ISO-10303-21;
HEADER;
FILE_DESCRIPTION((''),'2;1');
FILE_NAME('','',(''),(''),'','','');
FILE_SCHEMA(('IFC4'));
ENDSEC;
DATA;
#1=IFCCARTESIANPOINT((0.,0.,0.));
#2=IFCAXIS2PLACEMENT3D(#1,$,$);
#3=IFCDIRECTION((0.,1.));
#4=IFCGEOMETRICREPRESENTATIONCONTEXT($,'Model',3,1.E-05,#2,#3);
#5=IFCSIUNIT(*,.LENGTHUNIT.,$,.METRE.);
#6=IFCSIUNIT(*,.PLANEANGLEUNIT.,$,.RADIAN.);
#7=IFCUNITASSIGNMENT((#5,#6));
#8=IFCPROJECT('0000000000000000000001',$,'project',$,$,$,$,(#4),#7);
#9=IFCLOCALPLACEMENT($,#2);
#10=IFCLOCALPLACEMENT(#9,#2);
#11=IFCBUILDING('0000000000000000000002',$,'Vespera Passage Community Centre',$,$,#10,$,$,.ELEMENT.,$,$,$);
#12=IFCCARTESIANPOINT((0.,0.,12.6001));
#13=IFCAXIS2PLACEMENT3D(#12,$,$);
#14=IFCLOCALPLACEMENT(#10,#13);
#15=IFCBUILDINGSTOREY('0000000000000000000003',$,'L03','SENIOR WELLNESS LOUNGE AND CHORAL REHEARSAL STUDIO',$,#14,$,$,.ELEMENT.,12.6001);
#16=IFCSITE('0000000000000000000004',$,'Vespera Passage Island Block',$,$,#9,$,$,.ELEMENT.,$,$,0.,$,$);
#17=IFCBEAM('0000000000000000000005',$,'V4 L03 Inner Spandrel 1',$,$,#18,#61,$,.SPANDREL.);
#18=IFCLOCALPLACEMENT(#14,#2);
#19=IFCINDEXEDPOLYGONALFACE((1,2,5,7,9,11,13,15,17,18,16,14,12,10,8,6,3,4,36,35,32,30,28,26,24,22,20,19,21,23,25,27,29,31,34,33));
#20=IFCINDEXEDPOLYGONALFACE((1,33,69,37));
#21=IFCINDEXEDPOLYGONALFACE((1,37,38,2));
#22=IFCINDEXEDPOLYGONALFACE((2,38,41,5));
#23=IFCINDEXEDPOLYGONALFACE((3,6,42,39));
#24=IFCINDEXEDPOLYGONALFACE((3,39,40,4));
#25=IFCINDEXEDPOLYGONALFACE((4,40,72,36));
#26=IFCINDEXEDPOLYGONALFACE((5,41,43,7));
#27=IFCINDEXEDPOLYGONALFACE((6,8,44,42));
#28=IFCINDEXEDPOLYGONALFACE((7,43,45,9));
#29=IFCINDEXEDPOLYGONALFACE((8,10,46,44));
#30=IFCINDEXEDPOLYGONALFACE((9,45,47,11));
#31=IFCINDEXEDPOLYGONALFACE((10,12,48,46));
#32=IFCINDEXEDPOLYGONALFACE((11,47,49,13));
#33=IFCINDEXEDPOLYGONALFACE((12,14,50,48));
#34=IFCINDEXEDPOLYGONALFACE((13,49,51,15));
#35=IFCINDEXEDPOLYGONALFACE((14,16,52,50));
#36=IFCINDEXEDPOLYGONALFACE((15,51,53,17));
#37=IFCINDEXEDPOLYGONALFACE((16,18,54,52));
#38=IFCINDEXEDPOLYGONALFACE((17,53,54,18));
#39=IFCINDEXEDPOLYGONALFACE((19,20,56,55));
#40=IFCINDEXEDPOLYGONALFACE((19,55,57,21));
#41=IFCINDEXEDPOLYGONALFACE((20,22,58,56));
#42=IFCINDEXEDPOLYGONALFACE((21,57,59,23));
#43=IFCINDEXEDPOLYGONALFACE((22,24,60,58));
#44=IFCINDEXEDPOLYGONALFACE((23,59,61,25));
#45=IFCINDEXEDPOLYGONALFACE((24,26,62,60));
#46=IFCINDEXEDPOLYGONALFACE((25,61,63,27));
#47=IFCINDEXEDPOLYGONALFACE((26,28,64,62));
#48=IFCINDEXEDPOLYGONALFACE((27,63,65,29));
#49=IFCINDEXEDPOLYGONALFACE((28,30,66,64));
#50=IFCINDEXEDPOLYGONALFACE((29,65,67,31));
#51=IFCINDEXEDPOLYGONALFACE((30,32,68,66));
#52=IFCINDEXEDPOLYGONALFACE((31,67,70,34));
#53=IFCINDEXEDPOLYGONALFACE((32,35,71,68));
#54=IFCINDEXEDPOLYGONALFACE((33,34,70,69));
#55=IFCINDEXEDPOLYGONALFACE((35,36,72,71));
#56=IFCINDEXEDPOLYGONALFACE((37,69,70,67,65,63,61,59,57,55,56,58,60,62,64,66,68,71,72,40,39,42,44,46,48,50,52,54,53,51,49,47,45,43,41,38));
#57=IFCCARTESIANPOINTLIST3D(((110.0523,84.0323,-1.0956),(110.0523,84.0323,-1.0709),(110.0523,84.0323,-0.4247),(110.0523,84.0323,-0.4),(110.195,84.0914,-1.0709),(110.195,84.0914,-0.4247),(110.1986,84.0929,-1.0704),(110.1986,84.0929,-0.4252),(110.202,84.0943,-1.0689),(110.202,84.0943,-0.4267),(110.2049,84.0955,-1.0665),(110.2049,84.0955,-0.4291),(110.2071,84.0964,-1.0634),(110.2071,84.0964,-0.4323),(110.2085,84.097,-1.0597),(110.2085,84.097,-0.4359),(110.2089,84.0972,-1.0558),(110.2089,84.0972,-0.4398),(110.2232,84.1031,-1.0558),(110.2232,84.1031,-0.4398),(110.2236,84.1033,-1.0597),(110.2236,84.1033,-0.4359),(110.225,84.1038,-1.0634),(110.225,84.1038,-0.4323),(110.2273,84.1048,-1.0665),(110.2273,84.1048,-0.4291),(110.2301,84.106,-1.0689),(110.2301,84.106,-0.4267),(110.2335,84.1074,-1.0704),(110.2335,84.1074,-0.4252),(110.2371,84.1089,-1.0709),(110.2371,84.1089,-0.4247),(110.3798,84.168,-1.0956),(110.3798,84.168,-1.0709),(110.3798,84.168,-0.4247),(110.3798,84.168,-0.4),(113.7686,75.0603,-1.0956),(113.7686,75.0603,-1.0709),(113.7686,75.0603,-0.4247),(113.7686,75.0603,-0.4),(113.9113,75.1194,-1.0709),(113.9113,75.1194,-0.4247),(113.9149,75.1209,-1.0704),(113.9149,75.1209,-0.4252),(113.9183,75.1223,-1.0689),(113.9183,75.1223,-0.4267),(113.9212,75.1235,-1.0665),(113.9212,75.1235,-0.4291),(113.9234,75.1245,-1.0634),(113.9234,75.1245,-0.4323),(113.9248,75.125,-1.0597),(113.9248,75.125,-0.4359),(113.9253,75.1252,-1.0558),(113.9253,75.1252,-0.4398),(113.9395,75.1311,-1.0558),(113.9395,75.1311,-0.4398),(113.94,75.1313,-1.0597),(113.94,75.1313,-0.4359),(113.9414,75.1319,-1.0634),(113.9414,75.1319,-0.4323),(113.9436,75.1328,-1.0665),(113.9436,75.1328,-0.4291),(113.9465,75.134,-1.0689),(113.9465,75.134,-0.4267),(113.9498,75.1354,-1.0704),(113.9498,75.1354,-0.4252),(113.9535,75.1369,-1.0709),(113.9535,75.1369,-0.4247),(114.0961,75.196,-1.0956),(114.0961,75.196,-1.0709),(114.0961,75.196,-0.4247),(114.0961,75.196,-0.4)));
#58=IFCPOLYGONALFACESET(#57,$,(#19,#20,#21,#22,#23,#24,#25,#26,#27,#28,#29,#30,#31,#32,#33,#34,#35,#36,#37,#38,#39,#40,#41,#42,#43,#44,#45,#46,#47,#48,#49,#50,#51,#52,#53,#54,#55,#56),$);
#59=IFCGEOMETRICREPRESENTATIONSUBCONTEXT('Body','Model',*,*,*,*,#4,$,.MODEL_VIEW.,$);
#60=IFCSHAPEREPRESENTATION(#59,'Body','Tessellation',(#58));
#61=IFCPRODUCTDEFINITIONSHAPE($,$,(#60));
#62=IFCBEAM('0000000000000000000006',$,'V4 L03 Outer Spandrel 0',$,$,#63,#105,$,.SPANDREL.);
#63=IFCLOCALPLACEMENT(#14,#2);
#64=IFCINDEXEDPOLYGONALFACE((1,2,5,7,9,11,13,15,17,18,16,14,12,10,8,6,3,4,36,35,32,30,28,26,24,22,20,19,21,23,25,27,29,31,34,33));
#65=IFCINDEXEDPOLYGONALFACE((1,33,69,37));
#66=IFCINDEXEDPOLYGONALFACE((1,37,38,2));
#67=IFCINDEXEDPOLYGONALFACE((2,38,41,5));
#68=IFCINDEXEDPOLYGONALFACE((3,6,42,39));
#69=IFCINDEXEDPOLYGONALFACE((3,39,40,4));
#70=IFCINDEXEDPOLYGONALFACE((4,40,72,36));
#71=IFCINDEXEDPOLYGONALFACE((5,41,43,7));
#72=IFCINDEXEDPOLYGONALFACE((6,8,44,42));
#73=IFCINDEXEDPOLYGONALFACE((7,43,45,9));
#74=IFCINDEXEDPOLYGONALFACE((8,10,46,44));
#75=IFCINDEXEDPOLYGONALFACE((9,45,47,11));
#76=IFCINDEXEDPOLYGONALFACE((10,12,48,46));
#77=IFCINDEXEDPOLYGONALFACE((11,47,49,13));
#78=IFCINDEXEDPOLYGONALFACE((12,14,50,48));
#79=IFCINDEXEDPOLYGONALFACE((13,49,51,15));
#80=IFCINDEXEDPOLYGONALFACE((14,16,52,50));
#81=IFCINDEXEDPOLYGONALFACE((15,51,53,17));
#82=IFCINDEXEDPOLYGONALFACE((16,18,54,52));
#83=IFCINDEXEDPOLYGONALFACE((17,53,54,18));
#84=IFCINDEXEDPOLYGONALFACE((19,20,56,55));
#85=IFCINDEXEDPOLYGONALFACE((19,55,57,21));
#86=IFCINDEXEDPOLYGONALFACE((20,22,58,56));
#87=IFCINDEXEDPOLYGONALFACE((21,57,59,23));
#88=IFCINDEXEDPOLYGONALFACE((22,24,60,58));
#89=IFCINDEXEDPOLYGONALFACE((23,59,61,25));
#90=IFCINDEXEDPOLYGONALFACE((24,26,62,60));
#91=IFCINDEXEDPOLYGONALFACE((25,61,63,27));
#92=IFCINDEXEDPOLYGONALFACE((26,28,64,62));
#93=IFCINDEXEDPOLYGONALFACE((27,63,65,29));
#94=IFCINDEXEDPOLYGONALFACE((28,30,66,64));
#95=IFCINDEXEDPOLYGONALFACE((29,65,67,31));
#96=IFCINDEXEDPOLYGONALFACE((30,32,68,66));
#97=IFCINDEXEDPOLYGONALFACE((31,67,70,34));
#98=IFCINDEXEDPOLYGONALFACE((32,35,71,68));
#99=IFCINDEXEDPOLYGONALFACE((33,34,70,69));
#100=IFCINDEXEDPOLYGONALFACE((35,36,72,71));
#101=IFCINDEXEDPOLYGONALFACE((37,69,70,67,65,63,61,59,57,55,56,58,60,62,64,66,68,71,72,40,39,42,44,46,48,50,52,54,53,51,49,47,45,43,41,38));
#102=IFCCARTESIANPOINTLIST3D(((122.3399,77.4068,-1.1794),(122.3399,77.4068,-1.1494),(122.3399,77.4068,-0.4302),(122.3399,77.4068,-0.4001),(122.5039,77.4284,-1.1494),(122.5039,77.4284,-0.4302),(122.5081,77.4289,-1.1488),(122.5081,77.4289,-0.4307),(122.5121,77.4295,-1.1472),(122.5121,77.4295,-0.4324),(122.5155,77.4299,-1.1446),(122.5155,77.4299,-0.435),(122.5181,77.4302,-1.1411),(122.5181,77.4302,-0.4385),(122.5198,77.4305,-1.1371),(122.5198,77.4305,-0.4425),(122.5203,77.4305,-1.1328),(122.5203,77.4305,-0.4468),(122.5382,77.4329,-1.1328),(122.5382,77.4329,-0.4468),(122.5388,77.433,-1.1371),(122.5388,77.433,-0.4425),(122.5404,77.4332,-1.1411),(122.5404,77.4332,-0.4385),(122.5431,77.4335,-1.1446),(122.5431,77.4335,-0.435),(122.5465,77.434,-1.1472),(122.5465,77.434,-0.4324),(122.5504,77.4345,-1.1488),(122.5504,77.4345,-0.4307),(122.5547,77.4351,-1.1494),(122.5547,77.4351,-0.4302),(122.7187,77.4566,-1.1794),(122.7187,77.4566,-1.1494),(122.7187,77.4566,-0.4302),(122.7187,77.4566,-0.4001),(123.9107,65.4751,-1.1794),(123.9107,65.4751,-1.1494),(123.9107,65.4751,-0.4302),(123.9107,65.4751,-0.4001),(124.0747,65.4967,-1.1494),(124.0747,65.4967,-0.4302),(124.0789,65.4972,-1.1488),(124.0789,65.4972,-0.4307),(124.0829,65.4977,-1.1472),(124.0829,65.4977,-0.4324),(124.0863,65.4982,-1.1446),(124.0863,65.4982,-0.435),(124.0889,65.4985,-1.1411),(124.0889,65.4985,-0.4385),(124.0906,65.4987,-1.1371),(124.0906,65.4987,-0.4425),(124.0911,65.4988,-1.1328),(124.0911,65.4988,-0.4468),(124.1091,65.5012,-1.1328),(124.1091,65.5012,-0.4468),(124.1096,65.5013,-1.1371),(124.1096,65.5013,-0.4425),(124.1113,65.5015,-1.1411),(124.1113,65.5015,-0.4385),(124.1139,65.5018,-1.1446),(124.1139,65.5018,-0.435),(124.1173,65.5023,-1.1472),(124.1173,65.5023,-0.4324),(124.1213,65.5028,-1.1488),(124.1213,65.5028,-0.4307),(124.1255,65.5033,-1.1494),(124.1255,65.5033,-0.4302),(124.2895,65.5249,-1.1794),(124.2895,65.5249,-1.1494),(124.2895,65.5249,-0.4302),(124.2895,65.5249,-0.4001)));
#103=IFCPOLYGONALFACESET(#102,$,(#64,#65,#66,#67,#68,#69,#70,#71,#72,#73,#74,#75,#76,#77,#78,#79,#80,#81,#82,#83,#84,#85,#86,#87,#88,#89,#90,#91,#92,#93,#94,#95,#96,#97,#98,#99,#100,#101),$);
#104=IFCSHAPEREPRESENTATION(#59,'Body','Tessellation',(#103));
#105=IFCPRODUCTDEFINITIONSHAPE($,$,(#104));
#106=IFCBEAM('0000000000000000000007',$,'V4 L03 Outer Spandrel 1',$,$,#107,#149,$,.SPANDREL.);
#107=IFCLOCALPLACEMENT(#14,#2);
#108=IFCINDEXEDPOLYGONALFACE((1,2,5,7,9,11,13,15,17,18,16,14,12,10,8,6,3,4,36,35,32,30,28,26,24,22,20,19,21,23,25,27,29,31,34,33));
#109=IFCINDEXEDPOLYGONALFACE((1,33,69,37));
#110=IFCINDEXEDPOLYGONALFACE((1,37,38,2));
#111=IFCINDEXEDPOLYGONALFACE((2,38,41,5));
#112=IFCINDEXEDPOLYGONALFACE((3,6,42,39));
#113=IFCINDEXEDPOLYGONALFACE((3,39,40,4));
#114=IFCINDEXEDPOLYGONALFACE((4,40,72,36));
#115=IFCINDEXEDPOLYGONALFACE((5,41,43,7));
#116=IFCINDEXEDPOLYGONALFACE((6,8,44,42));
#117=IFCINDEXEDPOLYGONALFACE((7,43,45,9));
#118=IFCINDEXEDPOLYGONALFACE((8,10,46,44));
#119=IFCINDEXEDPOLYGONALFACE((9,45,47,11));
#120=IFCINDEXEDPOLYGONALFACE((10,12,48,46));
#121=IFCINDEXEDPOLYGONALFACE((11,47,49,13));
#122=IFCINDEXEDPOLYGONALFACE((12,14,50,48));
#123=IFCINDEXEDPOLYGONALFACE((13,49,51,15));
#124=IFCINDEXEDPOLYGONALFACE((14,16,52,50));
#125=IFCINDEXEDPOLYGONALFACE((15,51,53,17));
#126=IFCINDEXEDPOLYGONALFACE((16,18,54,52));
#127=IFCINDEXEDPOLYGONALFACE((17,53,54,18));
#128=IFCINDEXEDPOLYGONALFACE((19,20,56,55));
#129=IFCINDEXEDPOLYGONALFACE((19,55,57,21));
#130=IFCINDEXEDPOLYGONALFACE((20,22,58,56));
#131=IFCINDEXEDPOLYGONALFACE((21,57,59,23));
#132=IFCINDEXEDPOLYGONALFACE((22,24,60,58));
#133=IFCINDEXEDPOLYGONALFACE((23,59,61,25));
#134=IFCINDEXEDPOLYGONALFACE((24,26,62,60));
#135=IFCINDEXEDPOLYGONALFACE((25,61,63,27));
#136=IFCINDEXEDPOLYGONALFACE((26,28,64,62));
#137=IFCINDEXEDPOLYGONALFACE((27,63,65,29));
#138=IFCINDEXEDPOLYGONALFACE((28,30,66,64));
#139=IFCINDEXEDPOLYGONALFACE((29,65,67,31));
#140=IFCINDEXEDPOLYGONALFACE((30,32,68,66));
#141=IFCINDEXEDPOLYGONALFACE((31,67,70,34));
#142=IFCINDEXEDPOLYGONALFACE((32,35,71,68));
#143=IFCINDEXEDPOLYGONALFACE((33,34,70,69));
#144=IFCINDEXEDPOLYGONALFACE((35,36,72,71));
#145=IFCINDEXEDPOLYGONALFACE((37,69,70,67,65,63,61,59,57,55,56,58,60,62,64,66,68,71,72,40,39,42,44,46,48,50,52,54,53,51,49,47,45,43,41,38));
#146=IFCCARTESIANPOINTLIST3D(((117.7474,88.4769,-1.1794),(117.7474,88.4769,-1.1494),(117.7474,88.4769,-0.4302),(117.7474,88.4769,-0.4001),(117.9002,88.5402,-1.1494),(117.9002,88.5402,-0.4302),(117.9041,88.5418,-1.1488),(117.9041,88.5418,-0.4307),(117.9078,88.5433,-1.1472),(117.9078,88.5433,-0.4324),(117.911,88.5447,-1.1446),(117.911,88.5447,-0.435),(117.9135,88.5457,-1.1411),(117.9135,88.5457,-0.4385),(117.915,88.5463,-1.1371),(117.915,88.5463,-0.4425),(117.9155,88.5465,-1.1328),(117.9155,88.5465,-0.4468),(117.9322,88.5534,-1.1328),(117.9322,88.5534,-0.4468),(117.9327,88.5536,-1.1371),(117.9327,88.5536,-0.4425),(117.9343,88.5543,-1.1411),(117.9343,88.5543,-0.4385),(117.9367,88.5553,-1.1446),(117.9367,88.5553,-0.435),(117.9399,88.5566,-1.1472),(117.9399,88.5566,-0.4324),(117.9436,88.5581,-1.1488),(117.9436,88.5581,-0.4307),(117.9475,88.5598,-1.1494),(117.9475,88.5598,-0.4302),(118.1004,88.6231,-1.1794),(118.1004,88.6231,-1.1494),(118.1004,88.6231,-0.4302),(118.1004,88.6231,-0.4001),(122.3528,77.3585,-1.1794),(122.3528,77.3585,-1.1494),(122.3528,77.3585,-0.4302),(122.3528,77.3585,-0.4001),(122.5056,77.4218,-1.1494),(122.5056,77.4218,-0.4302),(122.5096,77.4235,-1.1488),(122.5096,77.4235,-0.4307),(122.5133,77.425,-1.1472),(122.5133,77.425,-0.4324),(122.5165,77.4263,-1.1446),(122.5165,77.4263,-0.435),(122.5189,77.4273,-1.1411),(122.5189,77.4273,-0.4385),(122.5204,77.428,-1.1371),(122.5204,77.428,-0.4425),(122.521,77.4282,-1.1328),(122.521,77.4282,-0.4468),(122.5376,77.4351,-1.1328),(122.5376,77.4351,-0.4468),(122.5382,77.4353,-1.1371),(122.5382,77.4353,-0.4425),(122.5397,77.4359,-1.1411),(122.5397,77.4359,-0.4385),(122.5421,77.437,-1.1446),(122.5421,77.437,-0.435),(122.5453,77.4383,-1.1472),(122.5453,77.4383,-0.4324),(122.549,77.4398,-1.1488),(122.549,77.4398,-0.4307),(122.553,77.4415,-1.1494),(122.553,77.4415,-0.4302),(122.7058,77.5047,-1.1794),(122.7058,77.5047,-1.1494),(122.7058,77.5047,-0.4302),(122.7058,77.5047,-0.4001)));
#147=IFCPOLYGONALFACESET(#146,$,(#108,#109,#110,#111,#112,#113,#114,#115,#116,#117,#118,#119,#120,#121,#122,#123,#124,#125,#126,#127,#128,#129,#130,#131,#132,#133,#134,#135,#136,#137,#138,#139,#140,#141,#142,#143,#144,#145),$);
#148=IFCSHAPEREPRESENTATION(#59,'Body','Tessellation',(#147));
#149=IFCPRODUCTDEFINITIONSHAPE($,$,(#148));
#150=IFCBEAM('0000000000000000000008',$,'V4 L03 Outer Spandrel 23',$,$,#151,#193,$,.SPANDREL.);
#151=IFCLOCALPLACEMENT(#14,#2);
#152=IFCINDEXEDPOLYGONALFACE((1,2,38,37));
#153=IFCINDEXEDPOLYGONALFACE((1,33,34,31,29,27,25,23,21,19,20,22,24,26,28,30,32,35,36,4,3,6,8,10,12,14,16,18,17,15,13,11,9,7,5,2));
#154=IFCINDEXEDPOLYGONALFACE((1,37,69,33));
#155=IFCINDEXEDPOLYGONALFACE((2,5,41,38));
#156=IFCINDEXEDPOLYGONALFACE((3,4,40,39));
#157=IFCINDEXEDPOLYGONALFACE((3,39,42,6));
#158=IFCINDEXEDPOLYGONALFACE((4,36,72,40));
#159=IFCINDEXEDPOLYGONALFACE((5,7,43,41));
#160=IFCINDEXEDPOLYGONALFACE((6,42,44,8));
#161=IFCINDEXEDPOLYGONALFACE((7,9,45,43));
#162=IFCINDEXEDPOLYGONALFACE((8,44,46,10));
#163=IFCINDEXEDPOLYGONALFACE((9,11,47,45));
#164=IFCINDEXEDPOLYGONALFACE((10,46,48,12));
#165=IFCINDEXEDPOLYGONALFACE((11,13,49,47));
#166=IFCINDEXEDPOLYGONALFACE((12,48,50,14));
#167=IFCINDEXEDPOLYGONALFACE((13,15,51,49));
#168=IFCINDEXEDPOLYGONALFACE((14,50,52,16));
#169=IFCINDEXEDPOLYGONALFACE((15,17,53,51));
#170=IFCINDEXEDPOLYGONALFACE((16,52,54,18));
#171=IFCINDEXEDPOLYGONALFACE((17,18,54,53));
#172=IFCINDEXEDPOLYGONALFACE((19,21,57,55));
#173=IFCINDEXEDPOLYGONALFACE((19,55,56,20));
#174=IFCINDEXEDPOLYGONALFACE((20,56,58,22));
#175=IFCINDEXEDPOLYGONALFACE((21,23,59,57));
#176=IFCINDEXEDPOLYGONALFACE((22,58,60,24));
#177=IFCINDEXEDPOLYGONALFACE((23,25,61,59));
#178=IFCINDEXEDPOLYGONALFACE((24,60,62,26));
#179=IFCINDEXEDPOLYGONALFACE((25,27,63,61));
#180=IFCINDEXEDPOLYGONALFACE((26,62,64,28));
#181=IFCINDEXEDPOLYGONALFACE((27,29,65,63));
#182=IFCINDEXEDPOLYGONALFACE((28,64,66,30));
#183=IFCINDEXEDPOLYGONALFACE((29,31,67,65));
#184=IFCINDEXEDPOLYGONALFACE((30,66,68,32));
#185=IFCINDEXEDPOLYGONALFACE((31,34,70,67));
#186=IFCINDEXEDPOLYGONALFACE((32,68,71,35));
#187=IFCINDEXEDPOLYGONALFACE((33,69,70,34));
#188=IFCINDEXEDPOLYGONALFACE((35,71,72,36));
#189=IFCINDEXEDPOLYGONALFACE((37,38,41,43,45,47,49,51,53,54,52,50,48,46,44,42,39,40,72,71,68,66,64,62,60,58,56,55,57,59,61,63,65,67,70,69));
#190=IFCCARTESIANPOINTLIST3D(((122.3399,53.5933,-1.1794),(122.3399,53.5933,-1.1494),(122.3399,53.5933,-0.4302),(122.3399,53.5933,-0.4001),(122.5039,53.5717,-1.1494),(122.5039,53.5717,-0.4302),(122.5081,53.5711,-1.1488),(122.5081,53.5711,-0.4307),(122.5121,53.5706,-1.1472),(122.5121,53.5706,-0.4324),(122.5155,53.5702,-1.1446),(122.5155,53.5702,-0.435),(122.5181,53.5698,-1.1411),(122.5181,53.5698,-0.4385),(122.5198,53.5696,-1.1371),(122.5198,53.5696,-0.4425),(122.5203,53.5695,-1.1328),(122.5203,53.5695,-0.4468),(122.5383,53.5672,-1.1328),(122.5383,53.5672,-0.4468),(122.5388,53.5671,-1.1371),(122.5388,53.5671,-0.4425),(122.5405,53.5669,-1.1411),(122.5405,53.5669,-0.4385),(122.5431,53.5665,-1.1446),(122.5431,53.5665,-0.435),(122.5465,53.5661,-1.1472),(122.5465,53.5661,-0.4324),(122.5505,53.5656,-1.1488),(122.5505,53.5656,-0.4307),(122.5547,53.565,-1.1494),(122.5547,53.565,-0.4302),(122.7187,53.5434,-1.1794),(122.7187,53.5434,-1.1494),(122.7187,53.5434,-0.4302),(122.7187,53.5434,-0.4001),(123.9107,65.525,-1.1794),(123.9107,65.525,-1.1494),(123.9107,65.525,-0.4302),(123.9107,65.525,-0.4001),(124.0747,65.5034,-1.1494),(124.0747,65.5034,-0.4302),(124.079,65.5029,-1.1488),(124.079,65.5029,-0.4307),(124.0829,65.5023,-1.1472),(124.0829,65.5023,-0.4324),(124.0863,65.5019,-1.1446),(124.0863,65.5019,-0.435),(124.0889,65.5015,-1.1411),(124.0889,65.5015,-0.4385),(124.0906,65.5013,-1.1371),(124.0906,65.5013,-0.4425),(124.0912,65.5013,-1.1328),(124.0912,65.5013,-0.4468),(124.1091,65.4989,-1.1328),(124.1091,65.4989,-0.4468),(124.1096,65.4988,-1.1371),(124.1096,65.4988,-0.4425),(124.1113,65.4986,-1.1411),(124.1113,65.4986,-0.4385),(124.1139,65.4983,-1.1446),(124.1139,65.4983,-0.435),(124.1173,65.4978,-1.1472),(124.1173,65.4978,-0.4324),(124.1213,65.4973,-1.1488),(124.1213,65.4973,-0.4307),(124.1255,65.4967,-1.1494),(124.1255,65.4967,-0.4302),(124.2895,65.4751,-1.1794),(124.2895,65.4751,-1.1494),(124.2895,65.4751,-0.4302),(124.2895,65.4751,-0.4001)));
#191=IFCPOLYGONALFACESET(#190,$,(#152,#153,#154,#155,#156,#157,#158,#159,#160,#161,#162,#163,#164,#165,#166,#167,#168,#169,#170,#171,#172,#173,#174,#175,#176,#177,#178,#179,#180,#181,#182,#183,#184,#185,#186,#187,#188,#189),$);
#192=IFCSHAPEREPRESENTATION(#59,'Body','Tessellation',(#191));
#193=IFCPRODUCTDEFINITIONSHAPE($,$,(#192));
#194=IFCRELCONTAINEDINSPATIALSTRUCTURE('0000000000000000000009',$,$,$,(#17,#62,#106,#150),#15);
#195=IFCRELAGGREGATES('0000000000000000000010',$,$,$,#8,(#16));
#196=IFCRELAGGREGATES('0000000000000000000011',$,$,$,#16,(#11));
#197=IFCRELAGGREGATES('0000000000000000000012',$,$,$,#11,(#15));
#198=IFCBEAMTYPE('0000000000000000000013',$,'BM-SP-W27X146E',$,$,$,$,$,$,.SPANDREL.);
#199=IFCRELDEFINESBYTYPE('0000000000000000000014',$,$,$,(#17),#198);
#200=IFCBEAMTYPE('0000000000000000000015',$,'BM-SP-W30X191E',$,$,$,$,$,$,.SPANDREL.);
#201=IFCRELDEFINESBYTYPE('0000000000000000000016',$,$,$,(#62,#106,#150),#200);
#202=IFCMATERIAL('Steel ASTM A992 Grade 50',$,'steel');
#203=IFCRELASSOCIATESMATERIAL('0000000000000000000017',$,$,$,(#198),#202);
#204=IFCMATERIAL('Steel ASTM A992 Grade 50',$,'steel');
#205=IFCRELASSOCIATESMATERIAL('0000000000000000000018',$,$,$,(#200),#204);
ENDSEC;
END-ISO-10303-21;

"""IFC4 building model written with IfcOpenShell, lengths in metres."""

from ifc_helpers import new_model, si_unit, direction, frame, origin, origin_2d, place, context, subcontext, project, spatial, i_section, extrude, material, material_profile, profile_set, type_object, element, save


model = new_model("IFC4")

# Units and contexts
model_context = context("Model", 3, precision=1e-05, world=origin(), true_north=direction((0.0, 1.0)))
body_context = subcontext(model_context, "Body", "Model", "MODEL_VIEW")
ifc_project = project(units=[si_unit("LENGTHUNIT", "METRE"), si_unit("PLANEANGLEUNIT", "RADIAN")], contexts=[model_context])

# Site, building, storey
site_placement = place(None, origin())
site = spatial("IfcSite", under=ifc_project, at=site_placement, Name="Vespera Passage Island Block", CompositionType="ELEMENT", RefElevation=0.0)
building_placement = place(site_placement, origin())
building = spatial("IfcBuilding", under=site, at=building_placement, Name="Vespera Passage Community Centre", CompositionType="ELEMENT")
storey_placement = place(building_placement, frame((0.0, 0.0, 12.6001)))
storey = spatial("IfcBuildingStorey", under=building, at=storey_placement, Name="L03", Description="SENIOR WELLNESS LOUNGE AND CHORAL REHEARSAL STUDIO", CompositionType="ELEMENT", Elevation=12.6001)

# Beams
ifc_material_1 = material(Name="Steel ASTM A992 Grade 50", Category="steel")
ifc_material_profile_1 = material_profile(ifc_material_1, i_section(OverallWidth=0.3545, OverallDepth=0.6956, WebThickness=0.0154, FlangeThickness=0.0247, FilletRadius=0.0151, at=origin_2d()), Name="W27X146")
ifc_profile_set_1 = profile_set([ifc_material_profile_1], Name="Steel ASTM A992 Grade 50")
beam_type_1 = type_object("IfcBeamType", Name="BM-SP-W27X146E", PredefinedType="SPANDREL", material=ifc_profile_set_1)
for number, where, z_axis, x_axis, name in (
    (1, (113.9324, 75.1282, -0.7478), (-0.382685, 0.923879, 0.0), (-0.923879, -0.382685, 0.0), "V4 L03 Inner Spandrel 1"),
):
    element("IfcBeam", number, at=place(storey_placement, frame(where, z_axis=z_axis, x_axis=x_axis)), inside=storey, type_object=beam_type_1, Name=name, PredefinedType="SPANDREL", context=body_context, shape_type="SweptSolid", body=[
        extrude(i_section(OverallWidth=0.3545, OverallDepth=0.6956, WebThickness=0.0154, FlangeThickness=0.0247, FilletRadius=0.0151, at=origin_2d()), origin(), (0.0, 0.0, 1.0), 9.7112),
    ])
ifc_material_2 = material(Name="Steel ASTM A992 Grade 50", Category="steel")
ifc_material_profile_2 = material_profile(ifc_material_2, i_section(OverallWidth=0.3821, OverallDepth=0.7793, WebThickness=0.0181, FlangeThickness=0.03, FilletRadius=0.0166, at=origin_2d()), Name="W30X191")
ifc_profile_set_2 = profile_set([ifc_material_profile_2], Name="Steel ASTM A992 Grade 50")
beam_type_2 = type_object("IfcBeamType", Name="BM-SP-W30X191E", PredefinedType="SPANDREL", material=ifc_profile_set_2)
beam_1_placement = place(storey_placement, frame((124.1001, 65.5, -0.7898), z_axis=(-0.130524, 0.991445, 0.0), x_axis=(-0.991445, -0.130524, 0.0)))
element("IfcBeam", 2, at=beam_1_placement, inside=storey, type_object=beam_type_2, Name="V4 L03 Outer Spandrel 0", PredefinedType="SPANDREL", context=body_context, shape_type="SweptSolid", body=[
    extrude(i_section(OverallWidth=0.3821, OverallDepth=0.7793, WebThickness=0.0181, FlangeThickness=0.03, FilletRadius=0.0166, at=origin_2d()), origin(), (0.0, 0.0, 1.0), 12.0347),
])
beam_2_placement = place(storey_placement, frame((122.5293, 77.4316, -0.7898), z_axis=(-0.382689, 0.923877, 0.0), x_axis=(-0.923877, -0.382689, 0.0)))
element("IfcBeam", 3, at=beam_2_placement, inside=storey, type_object=beam_type_2, Name="V4 L03 Outer Spandrel 1", PredefinedType="SPANDREL", context=body_context, shape_type="SweptSolid", body=[
    extrude(i_section(OverallWidth=0.3821, OverallDepth=0.7793, WebThickness=0.0181, FlangeThickness=0.03, FilletRadius=0.0166, at=origin_2d()), origin(), (0.0, 0.0, 1.0), 12.0344),
])
beam_3_placement = place(storey_placement, frame((122.5293, 53.5684, -0.7898), z_axis=(0.130524, 0.991445, 0.0), x_axis=(-0.991445, 0.130524, 0.0)))
element("IfcBeam", 4, at=beam_3_placement, inside=storey, type_object=beam_type_2, Name="V4 L03 Outer Spandrel 23", PredefinedType="SPANDREL", context=body_context, shape_type="SweptSolid", body=[
    extrude(i_section(OverallWidth=0.3821, OverallDepth=0.7793, WebThickness=0.0181, FlangeThickness=0.03, FilletRadius=0.0166, at=origin_2d()), origin(), (0.0, 0.0, 1.0), 12.0347),
])

save(model, "model.ifc")
